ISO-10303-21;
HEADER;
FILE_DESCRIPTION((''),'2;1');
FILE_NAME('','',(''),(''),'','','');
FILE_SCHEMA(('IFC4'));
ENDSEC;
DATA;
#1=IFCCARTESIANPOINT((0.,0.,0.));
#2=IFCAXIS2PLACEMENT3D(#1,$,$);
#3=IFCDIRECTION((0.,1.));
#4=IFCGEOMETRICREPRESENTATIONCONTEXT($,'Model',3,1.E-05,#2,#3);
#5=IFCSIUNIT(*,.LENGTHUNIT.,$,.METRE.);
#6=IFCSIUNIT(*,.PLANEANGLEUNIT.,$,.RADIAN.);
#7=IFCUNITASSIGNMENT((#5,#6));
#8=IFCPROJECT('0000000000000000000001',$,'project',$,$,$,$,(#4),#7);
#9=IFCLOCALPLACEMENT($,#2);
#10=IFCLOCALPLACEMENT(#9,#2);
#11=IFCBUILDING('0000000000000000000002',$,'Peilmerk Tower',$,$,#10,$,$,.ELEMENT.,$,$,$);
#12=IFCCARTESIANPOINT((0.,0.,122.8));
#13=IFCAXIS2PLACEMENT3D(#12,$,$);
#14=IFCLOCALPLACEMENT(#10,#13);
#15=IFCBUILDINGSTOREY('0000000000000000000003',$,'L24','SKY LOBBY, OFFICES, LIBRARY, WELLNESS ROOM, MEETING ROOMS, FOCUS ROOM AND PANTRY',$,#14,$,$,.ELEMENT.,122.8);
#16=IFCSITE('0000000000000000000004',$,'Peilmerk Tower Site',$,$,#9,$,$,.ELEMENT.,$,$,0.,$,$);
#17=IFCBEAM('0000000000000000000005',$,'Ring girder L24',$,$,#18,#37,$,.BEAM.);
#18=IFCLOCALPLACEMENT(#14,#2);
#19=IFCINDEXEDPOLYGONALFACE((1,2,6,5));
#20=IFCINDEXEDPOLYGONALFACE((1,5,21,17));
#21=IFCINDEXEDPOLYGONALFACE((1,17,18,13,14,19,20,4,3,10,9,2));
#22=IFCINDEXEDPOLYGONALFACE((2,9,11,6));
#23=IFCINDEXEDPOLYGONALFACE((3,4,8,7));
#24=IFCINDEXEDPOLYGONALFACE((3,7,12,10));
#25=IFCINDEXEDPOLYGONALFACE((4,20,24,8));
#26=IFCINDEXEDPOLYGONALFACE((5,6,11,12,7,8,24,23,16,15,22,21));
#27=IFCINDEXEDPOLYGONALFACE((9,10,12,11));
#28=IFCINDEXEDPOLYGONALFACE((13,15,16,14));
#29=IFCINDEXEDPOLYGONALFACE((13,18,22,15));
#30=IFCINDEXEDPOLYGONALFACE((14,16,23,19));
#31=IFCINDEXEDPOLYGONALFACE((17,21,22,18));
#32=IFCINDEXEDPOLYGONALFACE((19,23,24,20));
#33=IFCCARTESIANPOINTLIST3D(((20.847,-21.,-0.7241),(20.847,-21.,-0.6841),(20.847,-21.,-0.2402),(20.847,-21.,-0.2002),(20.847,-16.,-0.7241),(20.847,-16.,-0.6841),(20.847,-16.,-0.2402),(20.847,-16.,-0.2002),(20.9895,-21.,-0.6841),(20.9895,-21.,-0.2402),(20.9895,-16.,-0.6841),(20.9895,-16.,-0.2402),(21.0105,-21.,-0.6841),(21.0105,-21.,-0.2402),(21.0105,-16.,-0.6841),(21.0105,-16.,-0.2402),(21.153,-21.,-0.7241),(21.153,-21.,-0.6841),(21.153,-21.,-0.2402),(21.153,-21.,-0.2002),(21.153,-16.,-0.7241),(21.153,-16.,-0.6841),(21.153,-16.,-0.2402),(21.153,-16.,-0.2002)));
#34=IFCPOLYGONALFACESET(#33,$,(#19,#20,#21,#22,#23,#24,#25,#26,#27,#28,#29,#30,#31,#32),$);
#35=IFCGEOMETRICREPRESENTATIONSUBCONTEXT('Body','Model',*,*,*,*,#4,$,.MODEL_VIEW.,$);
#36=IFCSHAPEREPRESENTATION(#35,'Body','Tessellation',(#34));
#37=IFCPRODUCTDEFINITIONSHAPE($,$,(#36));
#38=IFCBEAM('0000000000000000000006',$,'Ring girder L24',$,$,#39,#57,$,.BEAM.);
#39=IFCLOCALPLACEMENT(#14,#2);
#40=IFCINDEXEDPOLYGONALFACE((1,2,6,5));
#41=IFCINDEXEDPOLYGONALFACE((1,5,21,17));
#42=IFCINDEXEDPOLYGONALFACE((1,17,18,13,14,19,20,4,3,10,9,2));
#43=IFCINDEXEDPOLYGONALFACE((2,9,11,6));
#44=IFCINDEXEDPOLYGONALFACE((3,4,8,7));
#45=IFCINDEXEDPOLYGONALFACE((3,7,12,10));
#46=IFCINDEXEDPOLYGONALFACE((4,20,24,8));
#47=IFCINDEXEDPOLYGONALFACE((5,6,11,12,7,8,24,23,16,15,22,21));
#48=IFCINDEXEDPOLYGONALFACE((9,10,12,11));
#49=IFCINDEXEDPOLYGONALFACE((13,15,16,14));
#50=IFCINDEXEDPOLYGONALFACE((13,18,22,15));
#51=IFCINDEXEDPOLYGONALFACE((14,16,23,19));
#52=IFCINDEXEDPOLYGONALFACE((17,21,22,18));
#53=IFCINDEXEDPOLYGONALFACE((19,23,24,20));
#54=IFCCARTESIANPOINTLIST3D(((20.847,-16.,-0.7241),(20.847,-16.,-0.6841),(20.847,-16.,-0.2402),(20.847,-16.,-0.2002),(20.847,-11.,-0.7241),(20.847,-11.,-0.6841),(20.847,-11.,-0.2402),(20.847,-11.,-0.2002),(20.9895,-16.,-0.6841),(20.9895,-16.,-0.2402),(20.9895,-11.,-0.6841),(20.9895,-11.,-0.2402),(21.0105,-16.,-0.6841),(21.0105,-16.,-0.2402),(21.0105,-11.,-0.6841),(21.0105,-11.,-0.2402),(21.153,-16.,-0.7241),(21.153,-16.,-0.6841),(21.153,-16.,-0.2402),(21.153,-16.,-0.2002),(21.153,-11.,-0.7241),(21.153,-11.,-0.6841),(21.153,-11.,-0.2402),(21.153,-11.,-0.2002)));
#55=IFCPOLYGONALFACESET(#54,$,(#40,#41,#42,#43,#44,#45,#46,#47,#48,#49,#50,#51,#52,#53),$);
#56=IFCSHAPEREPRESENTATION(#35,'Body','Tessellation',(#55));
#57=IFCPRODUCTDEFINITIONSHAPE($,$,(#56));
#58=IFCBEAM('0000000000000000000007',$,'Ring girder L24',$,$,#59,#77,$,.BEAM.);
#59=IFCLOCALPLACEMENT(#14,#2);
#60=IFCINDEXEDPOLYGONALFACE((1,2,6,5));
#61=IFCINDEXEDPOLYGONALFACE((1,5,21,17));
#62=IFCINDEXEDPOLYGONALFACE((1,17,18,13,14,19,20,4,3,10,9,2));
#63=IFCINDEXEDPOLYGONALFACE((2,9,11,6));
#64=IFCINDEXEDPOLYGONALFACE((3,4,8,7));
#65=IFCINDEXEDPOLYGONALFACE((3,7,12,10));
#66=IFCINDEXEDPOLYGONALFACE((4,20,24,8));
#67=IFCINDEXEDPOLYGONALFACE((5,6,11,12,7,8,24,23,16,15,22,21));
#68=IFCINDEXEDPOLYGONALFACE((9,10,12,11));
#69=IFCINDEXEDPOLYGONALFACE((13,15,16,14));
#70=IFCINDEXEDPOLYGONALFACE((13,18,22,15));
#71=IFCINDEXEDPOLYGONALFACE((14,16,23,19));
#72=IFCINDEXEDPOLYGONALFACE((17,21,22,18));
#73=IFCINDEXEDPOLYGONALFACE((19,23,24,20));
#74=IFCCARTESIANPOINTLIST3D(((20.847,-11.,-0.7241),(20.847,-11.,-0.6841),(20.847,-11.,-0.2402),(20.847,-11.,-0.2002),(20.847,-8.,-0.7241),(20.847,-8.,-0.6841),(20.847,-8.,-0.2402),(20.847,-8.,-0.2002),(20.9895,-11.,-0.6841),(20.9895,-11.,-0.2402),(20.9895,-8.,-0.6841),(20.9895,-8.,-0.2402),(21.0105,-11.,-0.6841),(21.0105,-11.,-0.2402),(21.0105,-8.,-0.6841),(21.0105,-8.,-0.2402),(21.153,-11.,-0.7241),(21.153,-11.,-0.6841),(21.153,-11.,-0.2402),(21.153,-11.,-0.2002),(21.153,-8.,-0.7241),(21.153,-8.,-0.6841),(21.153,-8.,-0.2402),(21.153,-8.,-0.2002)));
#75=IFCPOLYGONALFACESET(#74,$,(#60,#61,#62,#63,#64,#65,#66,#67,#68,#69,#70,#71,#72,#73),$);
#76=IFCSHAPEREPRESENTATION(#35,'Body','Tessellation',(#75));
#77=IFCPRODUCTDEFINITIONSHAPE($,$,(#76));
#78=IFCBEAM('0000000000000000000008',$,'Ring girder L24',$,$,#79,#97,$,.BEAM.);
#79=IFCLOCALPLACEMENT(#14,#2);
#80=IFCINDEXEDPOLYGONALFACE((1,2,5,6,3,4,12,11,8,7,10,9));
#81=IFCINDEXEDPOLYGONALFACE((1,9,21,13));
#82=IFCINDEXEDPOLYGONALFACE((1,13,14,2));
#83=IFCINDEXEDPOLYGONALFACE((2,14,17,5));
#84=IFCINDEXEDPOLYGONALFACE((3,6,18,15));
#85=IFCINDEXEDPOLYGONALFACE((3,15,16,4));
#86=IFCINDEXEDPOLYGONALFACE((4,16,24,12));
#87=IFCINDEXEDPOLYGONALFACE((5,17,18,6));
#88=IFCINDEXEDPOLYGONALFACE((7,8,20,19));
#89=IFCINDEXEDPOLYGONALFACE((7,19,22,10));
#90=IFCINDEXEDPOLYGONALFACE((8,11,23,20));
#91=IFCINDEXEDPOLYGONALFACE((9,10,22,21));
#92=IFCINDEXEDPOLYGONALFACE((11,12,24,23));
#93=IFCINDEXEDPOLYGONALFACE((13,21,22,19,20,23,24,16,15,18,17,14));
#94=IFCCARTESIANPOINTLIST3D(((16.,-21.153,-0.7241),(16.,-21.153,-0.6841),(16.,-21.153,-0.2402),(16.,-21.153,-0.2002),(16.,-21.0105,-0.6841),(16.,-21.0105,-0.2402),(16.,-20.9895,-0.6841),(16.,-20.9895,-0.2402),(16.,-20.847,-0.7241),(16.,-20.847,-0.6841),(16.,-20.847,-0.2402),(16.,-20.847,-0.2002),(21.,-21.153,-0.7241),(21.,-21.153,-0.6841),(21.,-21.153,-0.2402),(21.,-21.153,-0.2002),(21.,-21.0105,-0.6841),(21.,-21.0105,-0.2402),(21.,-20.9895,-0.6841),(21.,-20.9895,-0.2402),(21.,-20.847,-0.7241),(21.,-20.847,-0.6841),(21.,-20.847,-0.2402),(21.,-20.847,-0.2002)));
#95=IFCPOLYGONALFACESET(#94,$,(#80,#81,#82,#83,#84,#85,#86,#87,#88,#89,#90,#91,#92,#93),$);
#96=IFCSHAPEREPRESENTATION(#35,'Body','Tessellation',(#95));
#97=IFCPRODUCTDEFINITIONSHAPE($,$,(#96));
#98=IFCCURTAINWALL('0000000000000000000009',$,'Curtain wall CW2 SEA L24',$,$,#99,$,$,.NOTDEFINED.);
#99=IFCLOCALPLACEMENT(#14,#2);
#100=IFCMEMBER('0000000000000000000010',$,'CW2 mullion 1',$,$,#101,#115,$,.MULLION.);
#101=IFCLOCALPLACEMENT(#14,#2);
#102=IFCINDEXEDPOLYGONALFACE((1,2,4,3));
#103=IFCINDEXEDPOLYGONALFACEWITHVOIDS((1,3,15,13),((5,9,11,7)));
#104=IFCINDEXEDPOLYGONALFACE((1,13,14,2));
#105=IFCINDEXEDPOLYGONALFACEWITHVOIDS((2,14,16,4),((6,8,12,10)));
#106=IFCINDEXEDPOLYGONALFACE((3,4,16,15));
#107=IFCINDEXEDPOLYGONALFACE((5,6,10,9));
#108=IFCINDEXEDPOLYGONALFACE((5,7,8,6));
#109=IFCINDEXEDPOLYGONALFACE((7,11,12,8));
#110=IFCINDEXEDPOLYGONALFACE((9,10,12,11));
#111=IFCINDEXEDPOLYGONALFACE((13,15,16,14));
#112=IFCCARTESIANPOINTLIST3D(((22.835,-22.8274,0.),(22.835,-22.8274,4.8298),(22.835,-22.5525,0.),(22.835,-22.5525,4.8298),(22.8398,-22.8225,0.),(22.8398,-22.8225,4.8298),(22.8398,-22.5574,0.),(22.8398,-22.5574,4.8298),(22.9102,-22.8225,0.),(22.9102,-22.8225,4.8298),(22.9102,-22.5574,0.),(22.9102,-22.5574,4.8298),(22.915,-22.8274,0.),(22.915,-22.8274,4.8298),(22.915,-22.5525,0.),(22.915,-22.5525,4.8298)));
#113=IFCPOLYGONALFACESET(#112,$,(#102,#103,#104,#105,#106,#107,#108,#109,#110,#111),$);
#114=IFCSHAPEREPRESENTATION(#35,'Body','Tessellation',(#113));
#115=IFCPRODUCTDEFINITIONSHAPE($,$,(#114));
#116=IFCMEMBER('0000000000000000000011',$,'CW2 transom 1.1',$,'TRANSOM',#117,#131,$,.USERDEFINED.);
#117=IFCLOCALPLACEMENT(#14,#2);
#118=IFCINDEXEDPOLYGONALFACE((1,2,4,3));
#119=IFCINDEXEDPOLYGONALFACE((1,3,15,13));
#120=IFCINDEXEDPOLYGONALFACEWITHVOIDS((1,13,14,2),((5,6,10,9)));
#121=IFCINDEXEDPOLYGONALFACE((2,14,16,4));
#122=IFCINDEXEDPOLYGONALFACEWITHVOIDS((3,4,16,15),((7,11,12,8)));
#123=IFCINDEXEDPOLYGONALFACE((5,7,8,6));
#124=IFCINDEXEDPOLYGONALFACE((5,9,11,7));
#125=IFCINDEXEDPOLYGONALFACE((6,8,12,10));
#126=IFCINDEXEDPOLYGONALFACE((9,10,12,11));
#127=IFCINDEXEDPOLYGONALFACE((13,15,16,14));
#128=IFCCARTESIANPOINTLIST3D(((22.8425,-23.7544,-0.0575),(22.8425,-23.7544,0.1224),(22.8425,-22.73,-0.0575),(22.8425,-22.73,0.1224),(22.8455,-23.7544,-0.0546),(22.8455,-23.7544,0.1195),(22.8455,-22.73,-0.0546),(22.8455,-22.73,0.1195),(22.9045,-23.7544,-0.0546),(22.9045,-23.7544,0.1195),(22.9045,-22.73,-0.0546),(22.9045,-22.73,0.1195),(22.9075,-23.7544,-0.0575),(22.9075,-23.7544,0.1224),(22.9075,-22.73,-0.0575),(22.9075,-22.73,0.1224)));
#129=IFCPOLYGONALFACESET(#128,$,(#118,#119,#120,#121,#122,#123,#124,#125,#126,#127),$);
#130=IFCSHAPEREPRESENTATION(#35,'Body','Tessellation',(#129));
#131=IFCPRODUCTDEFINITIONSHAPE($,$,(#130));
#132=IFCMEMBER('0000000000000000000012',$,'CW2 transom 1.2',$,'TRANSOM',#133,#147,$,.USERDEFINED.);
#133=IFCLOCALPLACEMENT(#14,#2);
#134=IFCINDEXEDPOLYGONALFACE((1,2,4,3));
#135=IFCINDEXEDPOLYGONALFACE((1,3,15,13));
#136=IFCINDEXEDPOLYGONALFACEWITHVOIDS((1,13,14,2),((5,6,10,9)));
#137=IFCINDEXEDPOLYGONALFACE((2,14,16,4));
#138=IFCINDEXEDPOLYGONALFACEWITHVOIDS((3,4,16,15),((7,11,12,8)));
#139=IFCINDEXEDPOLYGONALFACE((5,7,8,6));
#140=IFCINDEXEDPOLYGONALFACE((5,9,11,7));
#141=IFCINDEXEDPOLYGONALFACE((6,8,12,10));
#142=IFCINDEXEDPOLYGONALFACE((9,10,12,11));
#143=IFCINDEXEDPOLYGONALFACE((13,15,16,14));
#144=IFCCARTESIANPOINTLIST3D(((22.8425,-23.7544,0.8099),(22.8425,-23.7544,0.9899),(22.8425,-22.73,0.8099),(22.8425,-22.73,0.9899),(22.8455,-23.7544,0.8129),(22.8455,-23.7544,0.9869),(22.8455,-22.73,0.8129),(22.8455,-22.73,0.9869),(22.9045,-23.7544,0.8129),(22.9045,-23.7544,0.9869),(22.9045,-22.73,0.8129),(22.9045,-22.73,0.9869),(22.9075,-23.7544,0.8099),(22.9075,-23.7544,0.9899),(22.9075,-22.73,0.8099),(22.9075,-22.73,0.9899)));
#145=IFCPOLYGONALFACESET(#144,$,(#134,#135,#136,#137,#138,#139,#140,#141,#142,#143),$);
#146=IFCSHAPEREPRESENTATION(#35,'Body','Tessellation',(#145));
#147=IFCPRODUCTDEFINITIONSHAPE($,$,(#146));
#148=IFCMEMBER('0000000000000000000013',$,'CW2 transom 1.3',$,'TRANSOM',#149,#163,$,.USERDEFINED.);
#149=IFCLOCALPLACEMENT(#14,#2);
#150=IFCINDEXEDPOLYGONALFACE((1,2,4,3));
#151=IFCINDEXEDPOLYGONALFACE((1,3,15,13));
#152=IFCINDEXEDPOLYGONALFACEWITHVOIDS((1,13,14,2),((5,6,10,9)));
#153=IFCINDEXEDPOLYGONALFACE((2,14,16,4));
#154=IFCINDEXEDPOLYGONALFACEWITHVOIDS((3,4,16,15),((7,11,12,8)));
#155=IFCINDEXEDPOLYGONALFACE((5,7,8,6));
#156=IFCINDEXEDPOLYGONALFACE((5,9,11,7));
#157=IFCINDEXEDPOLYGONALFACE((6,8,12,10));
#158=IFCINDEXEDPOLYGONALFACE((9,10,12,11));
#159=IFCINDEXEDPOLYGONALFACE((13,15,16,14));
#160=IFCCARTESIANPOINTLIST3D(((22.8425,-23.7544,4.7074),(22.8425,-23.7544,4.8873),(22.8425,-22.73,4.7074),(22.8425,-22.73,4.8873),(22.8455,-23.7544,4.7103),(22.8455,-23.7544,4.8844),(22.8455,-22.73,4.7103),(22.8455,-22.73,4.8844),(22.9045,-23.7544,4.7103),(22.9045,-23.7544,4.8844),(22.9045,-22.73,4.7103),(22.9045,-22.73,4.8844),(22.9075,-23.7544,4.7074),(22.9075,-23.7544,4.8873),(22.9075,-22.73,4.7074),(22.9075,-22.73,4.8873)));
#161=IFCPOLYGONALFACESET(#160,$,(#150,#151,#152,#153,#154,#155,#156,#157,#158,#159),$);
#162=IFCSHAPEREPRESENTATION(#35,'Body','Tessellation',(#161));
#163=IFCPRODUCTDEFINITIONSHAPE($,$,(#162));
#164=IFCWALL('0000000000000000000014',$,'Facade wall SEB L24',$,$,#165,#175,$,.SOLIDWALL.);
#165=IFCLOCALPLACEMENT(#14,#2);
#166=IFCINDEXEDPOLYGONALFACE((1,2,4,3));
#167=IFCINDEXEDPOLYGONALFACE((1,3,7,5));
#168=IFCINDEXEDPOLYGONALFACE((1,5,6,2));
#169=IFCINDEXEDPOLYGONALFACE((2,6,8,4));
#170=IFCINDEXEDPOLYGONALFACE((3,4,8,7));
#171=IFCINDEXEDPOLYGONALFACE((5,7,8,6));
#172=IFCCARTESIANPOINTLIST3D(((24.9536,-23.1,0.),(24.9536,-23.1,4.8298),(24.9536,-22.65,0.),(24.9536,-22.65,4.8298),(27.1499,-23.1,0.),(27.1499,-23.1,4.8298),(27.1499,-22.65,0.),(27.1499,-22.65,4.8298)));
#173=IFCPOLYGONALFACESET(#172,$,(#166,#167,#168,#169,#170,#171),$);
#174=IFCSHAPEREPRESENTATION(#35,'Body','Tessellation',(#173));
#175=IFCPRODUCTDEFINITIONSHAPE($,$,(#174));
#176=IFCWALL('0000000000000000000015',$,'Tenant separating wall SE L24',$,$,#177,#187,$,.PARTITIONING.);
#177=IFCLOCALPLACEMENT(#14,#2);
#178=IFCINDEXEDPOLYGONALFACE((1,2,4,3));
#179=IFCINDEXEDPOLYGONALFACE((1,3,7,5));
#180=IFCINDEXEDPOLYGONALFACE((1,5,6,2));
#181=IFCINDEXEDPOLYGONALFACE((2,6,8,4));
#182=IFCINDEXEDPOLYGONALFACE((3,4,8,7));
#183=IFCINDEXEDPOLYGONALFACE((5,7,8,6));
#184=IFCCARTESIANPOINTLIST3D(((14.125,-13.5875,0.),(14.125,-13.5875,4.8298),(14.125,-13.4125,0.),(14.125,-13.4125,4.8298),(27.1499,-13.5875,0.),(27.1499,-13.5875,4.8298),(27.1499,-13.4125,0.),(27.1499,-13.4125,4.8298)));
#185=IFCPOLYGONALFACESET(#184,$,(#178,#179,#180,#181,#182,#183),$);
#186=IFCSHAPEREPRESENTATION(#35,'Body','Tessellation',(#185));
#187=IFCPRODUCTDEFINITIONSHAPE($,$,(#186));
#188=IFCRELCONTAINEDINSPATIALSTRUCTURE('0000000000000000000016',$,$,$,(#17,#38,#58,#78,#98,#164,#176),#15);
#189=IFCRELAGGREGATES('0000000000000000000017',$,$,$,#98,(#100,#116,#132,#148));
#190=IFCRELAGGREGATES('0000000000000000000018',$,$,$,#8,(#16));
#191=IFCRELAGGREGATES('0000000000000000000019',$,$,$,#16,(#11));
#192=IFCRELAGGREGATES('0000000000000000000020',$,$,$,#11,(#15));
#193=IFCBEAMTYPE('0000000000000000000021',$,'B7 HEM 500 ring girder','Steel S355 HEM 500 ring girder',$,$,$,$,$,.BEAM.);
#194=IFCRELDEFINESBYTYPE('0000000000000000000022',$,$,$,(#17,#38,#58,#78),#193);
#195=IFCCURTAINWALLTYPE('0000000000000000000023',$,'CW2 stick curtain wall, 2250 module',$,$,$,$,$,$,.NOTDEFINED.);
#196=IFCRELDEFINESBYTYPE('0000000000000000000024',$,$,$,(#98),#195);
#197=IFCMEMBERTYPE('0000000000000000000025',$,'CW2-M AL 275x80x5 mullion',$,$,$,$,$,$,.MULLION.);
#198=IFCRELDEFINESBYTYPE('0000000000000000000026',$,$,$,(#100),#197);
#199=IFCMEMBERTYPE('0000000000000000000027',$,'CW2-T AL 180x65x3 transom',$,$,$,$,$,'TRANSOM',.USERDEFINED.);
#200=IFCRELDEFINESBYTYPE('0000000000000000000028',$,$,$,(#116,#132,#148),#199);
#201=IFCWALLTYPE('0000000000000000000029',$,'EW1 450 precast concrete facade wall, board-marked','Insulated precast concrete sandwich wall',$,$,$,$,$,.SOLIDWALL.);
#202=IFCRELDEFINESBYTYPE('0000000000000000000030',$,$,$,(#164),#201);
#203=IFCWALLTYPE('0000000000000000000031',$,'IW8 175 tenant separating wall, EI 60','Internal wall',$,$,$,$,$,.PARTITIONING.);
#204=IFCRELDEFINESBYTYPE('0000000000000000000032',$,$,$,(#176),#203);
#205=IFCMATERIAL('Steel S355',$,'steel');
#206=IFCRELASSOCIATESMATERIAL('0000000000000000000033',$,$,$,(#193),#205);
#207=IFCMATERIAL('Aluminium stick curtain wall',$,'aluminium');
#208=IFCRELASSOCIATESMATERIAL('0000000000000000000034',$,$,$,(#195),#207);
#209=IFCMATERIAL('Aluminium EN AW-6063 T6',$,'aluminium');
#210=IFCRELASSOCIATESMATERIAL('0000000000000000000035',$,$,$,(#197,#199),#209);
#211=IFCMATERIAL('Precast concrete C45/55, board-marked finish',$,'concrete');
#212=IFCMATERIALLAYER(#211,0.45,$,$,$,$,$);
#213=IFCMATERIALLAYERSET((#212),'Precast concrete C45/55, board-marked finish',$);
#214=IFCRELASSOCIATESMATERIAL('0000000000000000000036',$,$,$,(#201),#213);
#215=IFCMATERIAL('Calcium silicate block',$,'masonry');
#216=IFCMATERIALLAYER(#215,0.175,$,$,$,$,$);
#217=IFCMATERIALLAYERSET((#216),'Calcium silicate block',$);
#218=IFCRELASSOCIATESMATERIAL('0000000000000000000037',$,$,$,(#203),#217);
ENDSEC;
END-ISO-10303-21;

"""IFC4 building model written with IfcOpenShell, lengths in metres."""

from ifc_helpers import new_model, si_unit, direction, frame, frame_2d, origin, origin_2d, place, context, subcontext, project, spatial, rectangle, hollow_rectangle, i_section, extrude, material, layer, layer_set, material_profile, profile_set, type_object, element, aggregate, save


model = new_model("IFC4")

# Units and contexts
model_context = context("Model", 3, precision=1e-05, world=origin(), true_north=direction((0.0, 1.0)))
body_context = subcontext(model_context, "Body", "Model", "MODEL_VIEW")
ifc_project = project(units=[si_unit("LENGTHUNIT", "METRE"), si_unit("PLANEANGLEUNIT", "RADIAN")], contexts=[model_context])

# Site, building, storey
site_placement = place(None, origin())
site = spatial("IfcSite", under=ifc_project, at=site_placement, Name="Peilmerk Tower Site", CompositionType="ELEMENT", RefElevation=0.0)
building_placement = place(site_placement, origin())
building = spatial("IfcBuilding", under=site, at=building_placement, Name="Peilmerk Tower", CompositionType="ELEMENT")
storey_placement = place(building_placement, frame((0.0, 0.0, 122.8)))
storey = spatial("IfcBuildingStorey", under=building, at=storey_placement, Name="L24", Description="SKY LOBBY, OFFICES, LIBRARY, WELLNESS ROOM, MEETING ROOMS, FOCUS ROOM AND PANTRY", CompositionType="ELEMENT", Elevation=122.8)

# Beams
ifc_material_1 = material(Name="Steel S355", Category="steel")
ifc_material_profile_1 = material_profile(ifc_material_1, i_section(OverallWidth=0.3059, OverallDepth=0.5239, WebThickness=0.021, FlangeThickness=0.04, at=origin_2d()), Name="HEM 500")
ifc_profile_set_1 = profile_set([ifc_material_profile_1], Name="Steel S355")
beam_type_1 = type_object("IfcBeamType", Name="B7 HEM 500 ring girder", Description="Steel S355 HEM 500 ring girder", PredefinedType="BEAM", material=ifc_profile_set_1)
for number, where, z_axis, x_axis, name in (
    (1, (21.0, -21.0, -0.4622), (0.0, 1.0, 0.0), (-1.0, 0.0, 0.0), "Ring girder L24"),
    (2, (21.0, -16.0, -0.4622), (0.0, 1.0, 0.0), (-1.0, 0.0, 0.0), "Ring girder L24"),
):
    element("IfcBeam", number, at=place(storey_placement, frame(where, z_axis=z_axis, x_axis=x_axis)), inside=storey, type_object=beam_type_1, Name=name, PredefinedType="BEAM", context=body_context, shape_type="SweptSolid", body=[
        extrude(i_section(OverallWidth=0.3059, OverallDepth=0.5239, WebThickness=0.021, FlangeThickness=0.04, at=origin_2d()), origin(), (0.0, 0.0, 1.0), 5.0),
    ])
beam_1_placement = place(storey_placement, frame((21.0, -11.0, -0.4622), z_axis=(0.0, 1.0, 0.0), x_axis=(-1.0, 0.0, 0.0)))
element("IfcBeam", 3, at=beam_1_placement, inside=storey, type_object=beam_type_1, Name="Ring girder L24", PredefinedType="BEAM", context=body_context, shape_type="SweptSolid", body=[
    extrude(i_section(OverallWidth=0.3059, OverallDepth=0.5239, WebThickness=0.021, FlangeThickness=0.04, at=origin_2d()), origin(), (0.0, 0.0, 1.0), 3.0),
])
beam_2_placement = place(storey_placement, frame((16.0, -21.0, -0.4622), z_axis=(1.0, 0.0, 0.0), x_axis=(0.0, 1.0, 0.0)))
element("IfcBeam", 4, at=beam_2_placement, inside=storey, type_object=beam_type_1, Name="Ring girder L24", PredefinedType="BEAM", context=body_context, shape_type="SweptSolid", body=[
    extrude(i_section(OverallWidth=0.3059, OverallDepth=0.5239, WebThickness=0.021, FlangeThickness=0.04, at=origin_2d()), origin(), (0.0, 0.0, 1.0), 5.0),
])

# Curtain wall, members
ifc_material_2 = material(Name="Aluminium stick curtain wall", Category="aluminium")
curtain_wall_type = type_object("IfcCurtainWallType", Name="CW2 stick curtain wall, 2250 module", PredefinedType="NOTDEFINED", material=ifc_material_2)
curtain_wall_placement = place(storey_placement, origin())
curtain_wall = element("IfcCurtainWall", 5, at=curtain_wall_placement, inside=storey, type_object=curtain_wall_type, Name="Curtain wall CW2 SEA L24", PredefinedType="NOTDEFINED")
ifc_material_3 = material(Name="Aluminium EN AW-6063 T6", Category="aluminium")
ifc_material_profile_2 = material_profile(ifc_material_3, hollow_rectangle(XDim=0.0801, YDim=0.2749, WallThickness=0.0049, at=origin_2d()), Name="AL 275x80x5")
ifc_profile_set_2 = profile_set([ifc_material_profile_2], Name="Aluminium EN AW-6063 T6")
member_type_1 = type_object("IfcMemberType", Name="CW2-M AL 275x80x5 mullion", PredefinedType="MULLION", material=ifc_profile_set_2)
member_1_placement = place(storey_placement, frame((22.875, -22.6899, 0.0), z_axis=(0.0, 0.0, 1.0), x_axis=(1.0, 0.0, 0.0)))
member_1 = element("IfcMember", 6, at=member_1_placement, type_object=member_type_1, Name="CW2 mullion 1", PredefinedType="MULLION", context=body_context, shape_type="SweptSolid", body=[
    extrude(hollow_rectangle(XDim=0.0801, YDim=0.2749, WallThickness=0.0049, at=origin_2d()), origin(), (0.0, 0.0, 1.0), 4.8298),
])
ifc_material_profile_3 = material_profile(ifc_material_3, hollow_rectangle(XDim=0.0649, YDim=0.1799, WallThickness=0.0029, at=origin_2d()), Name="AL 180x65x3")
ifc_profile_set_3 = profile_set([ifc_material_profile_3], Name="Aluminium EN AW-6063 T6")
member_type_2 = type_object("IfcMemberType", Name="CW2-T AL 180x65x3 transom", ElementType="TRANSOM", PredefinedType="USERDEFINED", material=ifc_profile_set_3)
member_2_placement = place(storey_placement, frame((22.875, -22.73, 0.0325), z_axis=(0.0, -1.0, 0.0), x_axis=(1.0, 0.0, 0.0)))
member_2 = element("IfcMember", 7, at=member_2_placement, type_object=member_type_2, Name="CW2 transom 1.1", ObjectType="TRANSOM", PredefinedType="USERDEFINED", context=body_context, shape_type="SweptSolid", body=[
    extrude(hollow_rectangle(XDim=0.0649, YDim=0.1799, WallThickness=0.0029, at=origin_2d()), origin(), (0.0, 0.0, 1.0), 1.0244),
])
member_3_placement = place(storey_placement, frame((22.875, -22.73, 0.8999), z_axis=(0.0, -1.0, 0.0), x_axis=(1.0, 0.0, 0.0)))
member_3 = element("IfcMember", 8, at=member_3_placement, type_object=member_type_2, Name="CW2 transom 1.2", ObjectType="TRANSOM", PredefinedType="USERDEFINED", context=body_context, shape_type="SweptSolid", body=[
    extrude(hollow_rectangle(XDim=0.0649, YDim=0.1799, WallThickness=0.0029, at=origin_2d()), origin(), (0.0, 0.0, 1.0), 1.0244),
])
member_4_placement = place(storey_placement, frame((22.875, -22.73, 4.7974), z_axis=(0.0, -1.0, 0.0), x_axis=(1.0, 0.0, 0.0)))
member_4 = element("IfcMember", 9, at=member_4_placement, type_object=member_type_2, Name="CW2 transom 1.3", ObjectType="TRANSOM", PredefinedType="USERDEFINED", context=body_context, shape_type="SweptSolid", body=[
    extrude(hollow_rectangle(XDim=0.0649, YDim=0.1799, WallThickness=0.0029, at=origin_2d()), origin(), (0.0, 0.0, 1.0), 1.0244),
])
aggregate(curtain_wall, [member_1, member_2, member_3, member_4])

# Walls
ifc_material_4 = material(Name="Precast concrete C45/55, board-marked finish", Category="concrete")
ifc_layer_1 = layer(ifc_material_4, 0.45)
ifc_layer_set_1 = layer_set([ifc_layer_1], Name="Precast concrete C45/55, board-marked finish")
wall_type_1 = type_object("IfcWallType", Name="EW1 450 precast concrete facade wall, board-marked", Description="Insulated precast concrete sandwich wall", PredefinedType="SOLIDWALL", material=ifc_layer_set_1)
wall_1_placement = place(storey_placement, frame((24.9536, -22.875, 0.0), z_axis=(0.0, 0.0, 1.0), x_axis=(1.0, 0.0, 0.0)))
element("IfcWall", 10, at=wall_1_placement, inside=storey, type_object=wall_type_1, Name="Facade wall SEB L24", PredefinedType="SOLIDWALL", context=body_context, shape_type="SweptSolid", body=[
    extrude(rectangle(XDim=2.1963, YDim=0.45, at=frame_2d((1.0981, 0.0))), origin(), (0.0, 0.0, 1.0), 4.8298),
])
ifc_material_5 = material(Name="Calcium silicate block", Category="masonry")
ifc_layer_2 = layer(ifc_material_5, 0.175)
ifc_layer_set_2 = layer_set([ifc_layer_2], Name="Calcium silicate block")
wall_type_2 = type_object("IfcWallType", Name="IW8 175 tenant separating wall, EI 60", Description="Internal wall", PredefinedType="PARTITIONING", material=ifc_layer_set_2)
wall_2_placement = place(storey_placement, frame((27.1499, -13.5, 0.0), z_axis=(0.0, 0.0, 1.0), x_axis=(-1.0, 0.0, 0.0)))
element("IfcWall", 11, at=wall_2_placement, inside=storey, type_object=wall_type_2, Name="Tenant separating wall SE L24", PredefinedType="PARTITIONING", context=body_context, shape_type="SweptSolid", body=[
    extrude(rectangle(XDim=13.0249, YDim=0.175, at=frame_2d((6.5125, 0.0))), origin(), (0.0, 0.0, 1.0), 4.8298),
])

save(model, "model.ifc")
